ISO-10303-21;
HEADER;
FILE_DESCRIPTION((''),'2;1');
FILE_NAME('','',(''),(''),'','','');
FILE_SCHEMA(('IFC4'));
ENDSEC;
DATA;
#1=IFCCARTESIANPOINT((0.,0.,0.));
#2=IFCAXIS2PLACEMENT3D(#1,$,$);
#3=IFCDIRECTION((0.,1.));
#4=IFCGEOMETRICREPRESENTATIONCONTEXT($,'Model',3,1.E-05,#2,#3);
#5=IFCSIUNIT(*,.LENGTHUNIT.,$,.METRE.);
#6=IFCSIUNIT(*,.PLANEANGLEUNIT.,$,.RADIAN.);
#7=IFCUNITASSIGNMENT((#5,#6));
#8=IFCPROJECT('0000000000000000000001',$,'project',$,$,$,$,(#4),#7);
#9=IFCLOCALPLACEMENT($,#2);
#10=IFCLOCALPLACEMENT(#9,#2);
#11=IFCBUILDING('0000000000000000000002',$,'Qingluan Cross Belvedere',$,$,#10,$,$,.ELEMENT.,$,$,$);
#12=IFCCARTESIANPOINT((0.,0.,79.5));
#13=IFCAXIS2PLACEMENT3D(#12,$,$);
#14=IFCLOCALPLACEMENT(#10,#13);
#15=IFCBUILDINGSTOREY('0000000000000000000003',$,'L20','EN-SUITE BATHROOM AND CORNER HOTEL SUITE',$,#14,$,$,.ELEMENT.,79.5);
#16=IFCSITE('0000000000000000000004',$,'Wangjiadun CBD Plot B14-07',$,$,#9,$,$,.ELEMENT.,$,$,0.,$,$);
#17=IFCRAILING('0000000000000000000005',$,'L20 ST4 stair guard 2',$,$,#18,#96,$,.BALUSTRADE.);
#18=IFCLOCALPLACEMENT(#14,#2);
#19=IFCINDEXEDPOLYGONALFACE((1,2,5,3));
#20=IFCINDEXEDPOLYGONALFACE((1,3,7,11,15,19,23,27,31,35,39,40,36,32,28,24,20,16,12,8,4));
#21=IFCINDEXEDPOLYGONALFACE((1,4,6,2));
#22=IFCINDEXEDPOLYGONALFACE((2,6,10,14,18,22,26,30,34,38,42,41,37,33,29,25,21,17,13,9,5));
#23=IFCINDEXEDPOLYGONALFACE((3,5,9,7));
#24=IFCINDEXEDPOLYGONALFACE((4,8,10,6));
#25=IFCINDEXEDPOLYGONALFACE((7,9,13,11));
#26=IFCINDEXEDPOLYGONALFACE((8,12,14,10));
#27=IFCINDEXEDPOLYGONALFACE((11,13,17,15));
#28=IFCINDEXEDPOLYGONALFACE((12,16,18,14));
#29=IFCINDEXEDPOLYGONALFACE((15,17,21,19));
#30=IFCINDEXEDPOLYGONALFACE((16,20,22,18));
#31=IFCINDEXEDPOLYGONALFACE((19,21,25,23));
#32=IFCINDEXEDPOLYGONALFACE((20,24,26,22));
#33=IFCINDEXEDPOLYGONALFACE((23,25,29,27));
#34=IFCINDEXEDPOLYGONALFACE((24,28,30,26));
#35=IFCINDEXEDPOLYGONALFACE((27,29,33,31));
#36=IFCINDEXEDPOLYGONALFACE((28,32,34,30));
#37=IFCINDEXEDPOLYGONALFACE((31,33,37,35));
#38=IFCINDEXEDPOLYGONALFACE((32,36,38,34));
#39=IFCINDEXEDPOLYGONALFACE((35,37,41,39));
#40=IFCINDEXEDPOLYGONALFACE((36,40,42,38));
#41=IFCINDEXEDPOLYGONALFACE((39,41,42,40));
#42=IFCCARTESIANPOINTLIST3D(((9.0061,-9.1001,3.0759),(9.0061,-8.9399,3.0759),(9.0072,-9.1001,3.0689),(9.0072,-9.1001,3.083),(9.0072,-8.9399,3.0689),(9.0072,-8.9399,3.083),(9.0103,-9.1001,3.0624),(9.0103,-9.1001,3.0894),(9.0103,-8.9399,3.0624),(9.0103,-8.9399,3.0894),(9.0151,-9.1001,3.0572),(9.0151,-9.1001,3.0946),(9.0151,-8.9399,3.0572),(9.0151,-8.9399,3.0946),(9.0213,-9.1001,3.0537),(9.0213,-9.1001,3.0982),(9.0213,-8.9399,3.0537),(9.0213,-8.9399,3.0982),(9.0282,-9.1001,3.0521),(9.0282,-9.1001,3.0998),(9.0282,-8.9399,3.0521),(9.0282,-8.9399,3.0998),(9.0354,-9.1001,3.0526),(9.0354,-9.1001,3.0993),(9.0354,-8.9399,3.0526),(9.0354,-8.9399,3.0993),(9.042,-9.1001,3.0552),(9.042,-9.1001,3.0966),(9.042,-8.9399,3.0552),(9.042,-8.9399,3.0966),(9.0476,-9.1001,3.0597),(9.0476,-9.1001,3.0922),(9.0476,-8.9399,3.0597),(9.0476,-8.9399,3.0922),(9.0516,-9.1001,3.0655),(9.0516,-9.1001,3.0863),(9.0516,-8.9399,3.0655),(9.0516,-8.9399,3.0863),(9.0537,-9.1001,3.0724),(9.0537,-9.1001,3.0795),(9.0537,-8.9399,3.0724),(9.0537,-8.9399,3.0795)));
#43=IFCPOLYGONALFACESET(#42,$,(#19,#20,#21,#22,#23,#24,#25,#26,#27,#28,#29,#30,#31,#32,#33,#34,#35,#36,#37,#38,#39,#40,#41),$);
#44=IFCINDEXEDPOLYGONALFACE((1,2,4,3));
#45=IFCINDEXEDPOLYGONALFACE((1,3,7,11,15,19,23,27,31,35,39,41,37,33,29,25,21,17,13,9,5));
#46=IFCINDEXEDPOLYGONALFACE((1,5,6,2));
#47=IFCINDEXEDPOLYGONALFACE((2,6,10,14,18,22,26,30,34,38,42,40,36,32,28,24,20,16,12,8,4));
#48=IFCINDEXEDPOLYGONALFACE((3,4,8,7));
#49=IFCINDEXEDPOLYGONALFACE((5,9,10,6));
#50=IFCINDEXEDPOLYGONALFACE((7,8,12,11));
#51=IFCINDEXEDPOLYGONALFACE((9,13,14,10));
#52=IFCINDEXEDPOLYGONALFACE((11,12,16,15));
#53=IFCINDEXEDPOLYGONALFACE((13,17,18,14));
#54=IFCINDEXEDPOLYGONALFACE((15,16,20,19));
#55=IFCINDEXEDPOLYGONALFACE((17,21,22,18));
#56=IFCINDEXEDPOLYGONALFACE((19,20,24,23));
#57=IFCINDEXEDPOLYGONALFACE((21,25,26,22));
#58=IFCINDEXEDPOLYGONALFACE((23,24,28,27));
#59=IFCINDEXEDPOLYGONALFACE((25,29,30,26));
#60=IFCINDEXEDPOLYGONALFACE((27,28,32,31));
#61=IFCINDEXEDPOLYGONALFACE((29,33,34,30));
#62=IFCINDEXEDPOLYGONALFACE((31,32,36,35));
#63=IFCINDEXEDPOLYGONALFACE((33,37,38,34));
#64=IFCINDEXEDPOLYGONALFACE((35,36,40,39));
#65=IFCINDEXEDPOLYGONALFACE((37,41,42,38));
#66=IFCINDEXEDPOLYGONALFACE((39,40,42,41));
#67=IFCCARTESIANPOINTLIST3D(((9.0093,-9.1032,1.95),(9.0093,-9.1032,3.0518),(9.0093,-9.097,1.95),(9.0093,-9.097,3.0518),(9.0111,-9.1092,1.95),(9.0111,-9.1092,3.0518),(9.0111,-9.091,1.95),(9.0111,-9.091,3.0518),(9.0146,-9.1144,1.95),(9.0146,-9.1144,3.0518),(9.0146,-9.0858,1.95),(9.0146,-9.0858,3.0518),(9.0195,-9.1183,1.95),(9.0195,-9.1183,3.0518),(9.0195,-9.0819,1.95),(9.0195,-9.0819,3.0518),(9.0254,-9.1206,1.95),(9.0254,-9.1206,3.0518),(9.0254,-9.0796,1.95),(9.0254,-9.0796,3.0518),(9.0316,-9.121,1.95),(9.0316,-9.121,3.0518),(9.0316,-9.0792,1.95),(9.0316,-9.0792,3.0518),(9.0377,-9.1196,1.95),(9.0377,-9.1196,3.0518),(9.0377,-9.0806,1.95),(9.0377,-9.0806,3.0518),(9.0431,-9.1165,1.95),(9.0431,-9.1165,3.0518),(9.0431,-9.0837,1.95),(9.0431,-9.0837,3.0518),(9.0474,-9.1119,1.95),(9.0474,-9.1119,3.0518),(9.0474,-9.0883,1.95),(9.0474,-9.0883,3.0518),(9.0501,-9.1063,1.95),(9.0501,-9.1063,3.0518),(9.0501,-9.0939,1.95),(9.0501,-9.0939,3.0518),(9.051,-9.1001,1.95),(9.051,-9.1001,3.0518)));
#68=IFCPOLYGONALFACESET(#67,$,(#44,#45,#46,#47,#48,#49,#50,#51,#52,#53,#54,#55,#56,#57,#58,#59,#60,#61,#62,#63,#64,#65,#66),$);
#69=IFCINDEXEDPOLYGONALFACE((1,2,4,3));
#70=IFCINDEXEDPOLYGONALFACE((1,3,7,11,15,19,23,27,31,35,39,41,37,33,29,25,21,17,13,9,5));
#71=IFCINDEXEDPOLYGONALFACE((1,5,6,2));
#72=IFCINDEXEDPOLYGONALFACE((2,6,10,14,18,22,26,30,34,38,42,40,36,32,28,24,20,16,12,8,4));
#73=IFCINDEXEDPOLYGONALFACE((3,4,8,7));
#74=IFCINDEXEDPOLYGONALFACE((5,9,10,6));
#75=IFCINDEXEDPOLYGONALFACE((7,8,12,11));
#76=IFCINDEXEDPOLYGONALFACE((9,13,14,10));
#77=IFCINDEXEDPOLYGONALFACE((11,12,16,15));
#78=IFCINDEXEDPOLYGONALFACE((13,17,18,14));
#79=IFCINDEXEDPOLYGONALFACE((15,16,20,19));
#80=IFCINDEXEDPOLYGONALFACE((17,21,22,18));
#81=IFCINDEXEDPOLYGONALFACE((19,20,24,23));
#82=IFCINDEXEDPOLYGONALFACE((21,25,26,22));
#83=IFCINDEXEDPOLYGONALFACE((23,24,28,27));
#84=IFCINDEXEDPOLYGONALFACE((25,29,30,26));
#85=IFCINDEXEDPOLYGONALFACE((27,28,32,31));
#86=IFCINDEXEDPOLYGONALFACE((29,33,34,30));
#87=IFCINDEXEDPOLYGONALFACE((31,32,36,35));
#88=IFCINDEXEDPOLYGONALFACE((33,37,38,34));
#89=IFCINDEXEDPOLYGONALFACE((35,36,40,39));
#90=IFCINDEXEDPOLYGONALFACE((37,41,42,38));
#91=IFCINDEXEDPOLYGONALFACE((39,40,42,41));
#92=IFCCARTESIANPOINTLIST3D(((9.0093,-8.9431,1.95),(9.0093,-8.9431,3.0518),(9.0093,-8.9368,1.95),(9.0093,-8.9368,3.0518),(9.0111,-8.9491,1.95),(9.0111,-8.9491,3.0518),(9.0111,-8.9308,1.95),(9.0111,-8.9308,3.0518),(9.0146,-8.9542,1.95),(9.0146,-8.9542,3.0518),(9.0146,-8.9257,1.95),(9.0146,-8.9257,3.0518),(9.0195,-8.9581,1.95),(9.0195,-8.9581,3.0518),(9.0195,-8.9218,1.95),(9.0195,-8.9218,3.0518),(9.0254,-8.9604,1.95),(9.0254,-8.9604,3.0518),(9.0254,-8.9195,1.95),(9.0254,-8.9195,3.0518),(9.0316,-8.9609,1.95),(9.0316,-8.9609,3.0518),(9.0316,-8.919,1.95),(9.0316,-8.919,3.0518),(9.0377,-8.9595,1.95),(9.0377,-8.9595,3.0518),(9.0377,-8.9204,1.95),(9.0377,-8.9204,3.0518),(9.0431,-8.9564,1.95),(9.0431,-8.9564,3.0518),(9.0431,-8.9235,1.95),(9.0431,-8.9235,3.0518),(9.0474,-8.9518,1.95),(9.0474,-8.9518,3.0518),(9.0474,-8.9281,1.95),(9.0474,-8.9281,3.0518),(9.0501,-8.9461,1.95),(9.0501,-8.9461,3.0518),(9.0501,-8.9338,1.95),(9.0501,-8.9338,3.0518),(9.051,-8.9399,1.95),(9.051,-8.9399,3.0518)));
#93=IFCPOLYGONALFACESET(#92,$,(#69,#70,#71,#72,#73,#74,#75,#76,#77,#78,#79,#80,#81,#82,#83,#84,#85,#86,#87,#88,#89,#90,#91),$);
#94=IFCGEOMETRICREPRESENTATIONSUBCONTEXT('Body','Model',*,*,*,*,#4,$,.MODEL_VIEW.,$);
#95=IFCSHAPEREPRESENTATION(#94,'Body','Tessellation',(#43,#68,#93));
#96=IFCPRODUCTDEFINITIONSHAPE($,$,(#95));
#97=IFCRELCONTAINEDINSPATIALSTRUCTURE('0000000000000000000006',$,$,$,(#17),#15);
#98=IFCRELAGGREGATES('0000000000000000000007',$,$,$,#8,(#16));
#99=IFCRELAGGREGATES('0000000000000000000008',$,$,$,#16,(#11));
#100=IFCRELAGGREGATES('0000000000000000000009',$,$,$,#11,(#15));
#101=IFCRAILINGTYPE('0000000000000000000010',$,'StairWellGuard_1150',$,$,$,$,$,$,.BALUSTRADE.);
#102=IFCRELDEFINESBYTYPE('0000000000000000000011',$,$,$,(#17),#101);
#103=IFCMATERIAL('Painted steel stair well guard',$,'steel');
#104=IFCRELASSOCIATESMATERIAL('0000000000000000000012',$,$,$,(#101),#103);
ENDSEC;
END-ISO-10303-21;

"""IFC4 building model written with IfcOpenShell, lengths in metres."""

from ifc_helpers import new_model, si_unit, direction, frame, origin, origin_2d, place, context, subcontext, project, spatial, circle, extrude, material, type_object, element, save


model = new_model("IFC4")

# Units and contexts
model_context = context("Model", 3, precision=1e-05, world=origin(), true_north=direction((0.0, 1.0)))
body_context = subcontext(model_context, "Body", "Model", "MODEL_VIEW")
ifc_project = project(units=[si_unit("LENGTHUNIT", "METRE"), si_unit("PLANEANGLEUNIT", "RADIAN")], contexts=[model_context])

# Site, building, storey
site_placement = place(None, origin())
site = spatial("IfcSite", under=ifc_project, at=site_placement, Name="Wangjiadun CBD Plot B14-07", CompositionType="ELEMENT", RefElevation=0.0)
building_placement = place(site_placement, origin())
building = spatial("IfcBuilding", under=site, at=building_placement, Name="Qingluan Cross Belvedere", CompositionType="ELEMENT")
storey_placement = place(building_placement, frame((0.0, 0.0, 79.5)))
storey = spatial("IfcBuildingStorey", under=building, at=storey_placement, Name="L20", Description="EN-SUITE BATHROOM AND CORNER HOTEL SUITE", CompositionType="ELEMENT", Elevation=79.5)

# Railing
ifc_material_1 = material(Name="Painted steel stair well guard", Category="steel")
railing_type_1 = type_object("IfcRailingType", Name="StairWellGuard_1150", PredefinedType="BALUSTRADE", material=ifc_material_1)
railing_1_placement = place(storey_placement, frame((9.03, -9.1001, 1.95)))
element("IfcRailing", 1, at=railing_1_placement, inside=storey, type_object=railing_type_1, Name="L20 ST4 stair guard 2", PredefinedType="BALUSTRADE", context=body_context, shape_type="SweptSolid", body=[
    extrude(circle(Radius=0.0239, at=origin_2d()), frame((0.0, 0.0, 1.126), z_axis=(0.0, 1.0, 0.0), x_axis=(-1.0, 0.0, 0.0)), (0.0, 0.0, 1.0), 0.1602),
    extrude(circle(Radius=0.021, at=origin_2d()), origin(), (0.0, 0.0, 1.0), 1.1018),
    extrude(circle(Radius=0.021, at=origin_2d()), frame((0.0, 0.1602, 0.0)), (0.0, 0.0, 1.0), 1.1018),
])

save(model, "model.ifc")
